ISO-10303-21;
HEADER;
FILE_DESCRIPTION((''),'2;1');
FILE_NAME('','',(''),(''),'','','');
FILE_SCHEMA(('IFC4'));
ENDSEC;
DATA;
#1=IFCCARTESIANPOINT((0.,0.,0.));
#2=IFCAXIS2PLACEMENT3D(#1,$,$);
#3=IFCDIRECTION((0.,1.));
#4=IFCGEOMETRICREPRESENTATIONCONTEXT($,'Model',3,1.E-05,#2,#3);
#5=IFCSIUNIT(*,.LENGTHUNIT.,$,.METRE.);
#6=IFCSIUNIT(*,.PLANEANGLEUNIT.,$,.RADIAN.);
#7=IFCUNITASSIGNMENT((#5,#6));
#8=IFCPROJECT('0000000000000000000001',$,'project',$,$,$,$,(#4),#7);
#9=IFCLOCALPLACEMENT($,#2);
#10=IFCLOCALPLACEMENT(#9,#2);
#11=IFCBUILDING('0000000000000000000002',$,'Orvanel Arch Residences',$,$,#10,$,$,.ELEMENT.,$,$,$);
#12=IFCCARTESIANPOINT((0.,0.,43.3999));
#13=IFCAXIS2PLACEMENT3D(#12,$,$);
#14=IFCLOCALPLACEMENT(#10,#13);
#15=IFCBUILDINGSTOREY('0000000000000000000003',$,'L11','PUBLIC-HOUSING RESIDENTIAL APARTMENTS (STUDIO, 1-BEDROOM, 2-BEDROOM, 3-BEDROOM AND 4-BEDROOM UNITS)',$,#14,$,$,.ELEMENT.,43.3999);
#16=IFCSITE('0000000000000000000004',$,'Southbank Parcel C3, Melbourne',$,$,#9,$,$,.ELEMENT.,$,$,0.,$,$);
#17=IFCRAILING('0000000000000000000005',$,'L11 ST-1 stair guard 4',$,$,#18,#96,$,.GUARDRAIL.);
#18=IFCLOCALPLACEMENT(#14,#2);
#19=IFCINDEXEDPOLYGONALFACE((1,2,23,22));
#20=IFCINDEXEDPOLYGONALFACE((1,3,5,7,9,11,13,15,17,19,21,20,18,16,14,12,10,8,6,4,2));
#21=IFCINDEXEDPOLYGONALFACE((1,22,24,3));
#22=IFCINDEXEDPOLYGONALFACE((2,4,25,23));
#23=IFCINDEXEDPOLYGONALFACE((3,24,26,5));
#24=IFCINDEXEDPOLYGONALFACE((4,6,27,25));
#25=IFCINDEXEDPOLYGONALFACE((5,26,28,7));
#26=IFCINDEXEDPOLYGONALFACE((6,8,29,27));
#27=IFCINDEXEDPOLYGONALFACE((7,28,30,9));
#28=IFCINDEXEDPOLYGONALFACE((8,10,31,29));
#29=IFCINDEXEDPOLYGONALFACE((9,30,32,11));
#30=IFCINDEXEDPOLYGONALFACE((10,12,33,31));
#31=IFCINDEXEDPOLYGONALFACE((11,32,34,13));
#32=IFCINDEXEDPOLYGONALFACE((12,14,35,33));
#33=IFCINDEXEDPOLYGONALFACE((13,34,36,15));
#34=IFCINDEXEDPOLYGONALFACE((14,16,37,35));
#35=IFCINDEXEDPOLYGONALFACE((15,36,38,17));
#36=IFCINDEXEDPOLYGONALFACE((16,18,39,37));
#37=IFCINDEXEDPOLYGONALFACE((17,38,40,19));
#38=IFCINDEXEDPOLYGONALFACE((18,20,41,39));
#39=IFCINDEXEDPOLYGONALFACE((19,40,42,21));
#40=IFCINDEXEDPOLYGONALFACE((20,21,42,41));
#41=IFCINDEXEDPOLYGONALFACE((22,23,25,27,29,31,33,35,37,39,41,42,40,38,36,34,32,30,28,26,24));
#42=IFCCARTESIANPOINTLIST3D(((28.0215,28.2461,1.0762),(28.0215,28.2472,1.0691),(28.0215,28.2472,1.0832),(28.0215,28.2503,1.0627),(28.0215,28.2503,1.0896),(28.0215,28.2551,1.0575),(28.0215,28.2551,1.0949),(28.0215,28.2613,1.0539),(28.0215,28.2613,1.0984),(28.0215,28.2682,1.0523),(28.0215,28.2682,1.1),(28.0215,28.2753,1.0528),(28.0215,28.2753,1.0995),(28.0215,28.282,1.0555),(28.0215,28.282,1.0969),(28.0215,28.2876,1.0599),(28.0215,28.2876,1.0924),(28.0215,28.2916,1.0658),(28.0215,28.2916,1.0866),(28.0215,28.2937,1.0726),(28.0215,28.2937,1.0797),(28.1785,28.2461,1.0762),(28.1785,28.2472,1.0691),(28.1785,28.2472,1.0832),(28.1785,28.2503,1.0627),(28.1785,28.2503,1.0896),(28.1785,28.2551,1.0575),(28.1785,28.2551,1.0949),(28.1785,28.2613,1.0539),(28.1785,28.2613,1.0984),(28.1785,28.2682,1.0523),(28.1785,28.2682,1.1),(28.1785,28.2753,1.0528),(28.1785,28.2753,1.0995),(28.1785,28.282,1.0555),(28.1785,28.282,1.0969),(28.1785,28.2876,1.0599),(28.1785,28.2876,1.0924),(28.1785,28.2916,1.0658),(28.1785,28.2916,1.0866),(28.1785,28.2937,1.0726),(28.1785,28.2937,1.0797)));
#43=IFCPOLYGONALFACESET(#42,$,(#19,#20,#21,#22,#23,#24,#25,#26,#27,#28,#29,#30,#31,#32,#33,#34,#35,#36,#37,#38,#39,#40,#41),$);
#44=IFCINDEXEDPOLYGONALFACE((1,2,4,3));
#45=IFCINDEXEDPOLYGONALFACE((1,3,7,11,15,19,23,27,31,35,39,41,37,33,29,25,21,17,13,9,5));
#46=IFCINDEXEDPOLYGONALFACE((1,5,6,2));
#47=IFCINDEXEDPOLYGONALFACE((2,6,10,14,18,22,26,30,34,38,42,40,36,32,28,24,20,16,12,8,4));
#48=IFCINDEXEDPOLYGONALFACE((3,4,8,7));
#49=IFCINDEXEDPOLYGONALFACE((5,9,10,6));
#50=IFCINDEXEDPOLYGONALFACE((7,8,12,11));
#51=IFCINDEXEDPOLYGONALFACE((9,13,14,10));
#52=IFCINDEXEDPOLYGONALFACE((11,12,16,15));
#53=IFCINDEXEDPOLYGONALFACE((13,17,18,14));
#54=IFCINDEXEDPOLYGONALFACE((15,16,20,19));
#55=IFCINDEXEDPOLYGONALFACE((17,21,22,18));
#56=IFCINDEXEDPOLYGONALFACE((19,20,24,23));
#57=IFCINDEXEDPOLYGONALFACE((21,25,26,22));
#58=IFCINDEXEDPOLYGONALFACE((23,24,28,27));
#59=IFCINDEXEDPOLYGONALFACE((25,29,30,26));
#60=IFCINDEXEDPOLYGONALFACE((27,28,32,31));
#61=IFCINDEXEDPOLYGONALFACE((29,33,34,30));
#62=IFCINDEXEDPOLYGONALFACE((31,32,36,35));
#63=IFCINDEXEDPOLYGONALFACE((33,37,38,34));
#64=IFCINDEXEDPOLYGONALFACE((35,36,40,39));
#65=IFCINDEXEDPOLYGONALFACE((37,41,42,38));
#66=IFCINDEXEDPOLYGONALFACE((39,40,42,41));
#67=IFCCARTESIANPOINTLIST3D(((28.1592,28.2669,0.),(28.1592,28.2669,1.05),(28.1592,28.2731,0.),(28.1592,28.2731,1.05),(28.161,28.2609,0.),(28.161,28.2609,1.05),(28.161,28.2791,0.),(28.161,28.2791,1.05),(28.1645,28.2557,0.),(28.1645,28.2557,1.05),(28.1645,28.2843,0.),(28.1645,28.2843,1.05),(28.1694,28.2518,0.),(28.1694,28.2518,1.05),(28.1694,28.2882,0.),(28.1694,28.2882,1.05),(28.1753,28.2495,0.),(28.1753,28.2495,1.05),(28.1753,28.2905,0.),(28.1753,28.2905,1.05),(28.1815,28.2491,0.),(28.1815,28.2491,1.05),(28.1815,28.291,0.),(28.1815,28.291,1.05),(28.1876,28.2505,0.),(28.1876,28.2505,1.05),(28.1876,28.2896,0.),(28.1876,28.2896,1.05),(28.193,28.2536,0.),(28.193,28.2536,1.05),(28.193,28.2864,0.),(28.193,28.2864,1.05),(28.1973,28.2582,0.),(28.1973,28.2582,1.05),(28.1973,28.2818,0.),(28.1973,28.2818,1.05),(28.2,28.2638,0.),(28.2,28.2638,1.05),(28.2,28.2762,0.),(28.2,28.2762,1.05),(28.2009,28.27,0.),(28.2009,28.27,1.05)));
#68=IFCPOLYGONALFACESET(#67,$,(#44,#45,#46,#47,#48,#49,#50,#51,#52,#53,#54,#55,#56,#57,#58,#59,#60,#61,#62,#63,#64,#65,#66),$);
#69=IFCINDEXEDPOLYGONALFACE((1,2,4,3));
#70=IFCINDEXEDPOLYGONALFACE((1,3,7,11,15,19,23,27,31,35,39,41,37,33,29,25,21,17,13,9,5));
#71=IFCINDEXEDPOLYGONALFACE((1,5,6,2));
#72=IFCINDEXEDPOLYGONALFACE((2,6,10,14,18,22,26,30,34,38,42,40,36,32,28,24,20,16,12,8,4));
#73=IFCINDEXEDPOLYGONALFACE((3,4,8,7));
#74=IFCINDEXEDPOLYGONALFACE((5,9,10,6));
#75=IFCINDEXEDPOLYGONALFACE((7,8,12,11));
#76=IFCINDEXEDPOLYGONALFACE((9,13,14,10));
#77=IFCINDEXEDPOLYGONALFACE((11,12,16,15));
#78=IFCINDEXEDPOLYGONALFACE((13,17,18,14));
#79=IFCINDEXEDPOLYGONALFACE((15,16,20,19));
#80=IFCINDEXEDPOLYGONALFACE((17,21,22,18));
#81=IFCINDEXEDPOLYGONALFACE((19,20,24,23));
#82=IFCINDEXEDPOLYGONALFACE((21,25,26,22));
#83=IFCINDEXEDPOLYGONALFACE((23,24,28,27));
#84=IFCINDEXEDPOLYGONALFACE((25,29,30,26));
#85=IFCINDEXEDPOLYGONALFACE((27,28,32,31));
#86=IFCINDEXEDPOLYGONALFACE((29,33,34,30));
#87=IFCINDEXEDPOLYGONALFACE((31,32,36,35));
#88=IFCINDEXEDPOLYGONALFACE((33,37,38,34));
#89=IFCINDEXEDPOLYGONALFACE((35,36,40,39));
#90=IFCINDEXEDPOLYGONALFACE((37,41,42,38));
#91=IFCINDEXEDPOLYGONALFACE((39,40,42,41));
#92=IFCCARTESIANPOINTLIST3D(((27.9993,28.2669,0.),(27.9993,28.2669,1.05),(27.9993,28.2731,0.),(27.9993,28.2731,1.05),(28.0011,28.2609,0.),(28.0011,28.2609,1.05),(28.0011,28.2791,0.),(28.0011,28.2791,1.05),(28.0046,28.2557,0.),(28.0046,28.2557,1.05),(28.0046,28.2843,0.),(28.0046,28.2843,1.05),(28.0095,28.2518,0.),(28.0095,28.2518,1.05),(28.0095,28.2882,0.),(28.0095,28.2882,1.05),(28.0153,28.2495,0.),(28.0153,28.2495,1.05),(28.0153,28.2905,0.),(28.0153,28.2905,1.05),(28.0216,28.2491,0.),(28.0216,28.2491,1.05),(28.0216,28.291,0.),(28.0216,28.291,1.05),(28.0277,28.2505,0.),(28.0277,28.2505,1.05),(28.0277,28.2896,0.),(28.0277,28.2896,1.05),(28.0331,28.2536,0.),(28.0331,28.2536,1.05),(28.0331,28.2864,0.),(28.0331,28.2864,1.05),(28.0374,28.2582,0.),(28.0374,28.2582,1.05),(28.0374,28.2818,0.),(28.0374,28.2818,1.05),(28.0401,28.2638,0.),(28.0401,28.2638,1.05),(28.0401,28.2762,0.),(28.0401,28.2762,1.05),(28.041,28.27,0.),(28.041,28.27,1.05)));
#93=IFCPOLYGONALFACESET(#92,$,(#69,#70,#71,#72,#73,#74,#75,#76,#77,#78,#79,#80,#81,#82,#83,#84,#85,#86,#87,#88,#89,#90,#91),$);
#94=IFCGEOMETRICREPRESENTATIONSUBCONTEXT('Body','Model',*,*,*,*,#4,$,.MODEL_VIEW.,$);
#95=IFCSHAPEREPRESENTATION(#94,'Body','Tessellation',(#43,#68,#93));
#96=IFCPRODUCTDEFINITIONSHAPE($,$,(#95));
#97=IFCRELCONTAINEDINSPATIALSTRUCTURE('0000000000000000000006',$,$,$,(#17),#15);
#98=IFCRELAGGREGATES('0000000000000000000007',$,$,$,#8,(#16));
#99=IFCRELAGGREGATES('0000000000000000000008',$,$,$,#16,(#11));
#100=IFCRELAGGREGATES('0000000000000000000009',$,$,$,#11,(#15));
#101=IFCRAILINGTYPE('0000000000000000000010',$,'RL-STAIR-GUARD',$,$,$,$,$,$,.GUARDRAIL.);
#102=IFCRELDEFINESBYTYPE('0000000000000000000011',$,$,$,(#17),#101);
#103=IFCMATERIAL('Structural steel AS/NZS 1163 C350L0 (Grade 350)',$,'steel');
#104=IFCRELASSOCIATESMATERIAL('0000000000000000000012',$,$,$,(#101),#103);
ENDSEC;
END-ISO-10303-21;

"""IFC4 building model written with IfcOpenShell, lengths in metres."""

from ifc_helpers import new_model, si_unit, direction, frame, origin, origin_2d, place, context, subcontext, project, spatial, circle, extrude, material, type_object, element, save


model = new_model("IFC4")

# Units and contexts
model_context = context("Model", 3, precision=1e-05, world=origin(), true_north=direction((0.0, 1.0)))
body_context = subcontext(model_context, "Body", "Model", "MODEL_VIEW")
ifc_project = project(units=[si_unit("LENGTHUNIT", "METRE"), si_unit("PLANEANGLEUNIT", "RADIAN")], contexts=[model_context])

# Site, building, storey
site_placement = place(None, origin())
site = spatial("IfcSite", under=ifc_project, at=site_placement, Name="Southbank Parcel C3, Melbourne", CompositionType="ELEMENT", RefElevation=0.0)
building_placement = place(site_placement, origin())
building = spatial("IfcBuilding", under=site, at=building_placement, Name="Orvanel Arch Residences", CompositionType="ELEMENT")
storey_placement = place(building_placement, frame((0.0, 0.0, 43.3999)))
storey = spatial("IfcBuildingStorey", under=building, at=storey_placement, Name="L11", Description="PUBLIC-HOUSING RESIDENTIAL APARTMENTS (STUDIO, 1-BEDROOM, 2-BEDROOM, 3-BEDROOM AND 4-BEDROOM UNITS)", CompositionType="ELEMENT", Elevation=43.3999)

# Railing
ifc_material_1 = material(Name="Structural steel AS/NZS 1163 C350L0 (Grade 350)", Category="steel")
railing_type_1 = type_object("IfcRailingType", Name="RL-STAIR-GUARD", PredefinedType="GUARDRAIL", material=ifc_material_1)
railing_1_placement = place(storey_placement, frame((28.1799, 28.27, 0.0)))
element("IfcRailing", 1, at=railing_1_placement, inside=storey, type_object=railing_type_1, Name="L11 ST-1 stair guard 4", PredefinedType="GUARDRAIL", context=body_context, shape_type="SweptSolid", body=[
    extrude(circle(Radius=0.0239, at=origin_2d()), frame((-0.0015, 0.0, 1.0762), z_axis=(-1.0, 0.0, 0.0), x_axis=(0.0, -1.0, 0.0)), (0.0, 0.0, 1.0), 0.157),
    extrude(circle(Radius=0.021, at=origin_2d()), origin(), (0.0, 0.0, 1.0), 1.05),
    extrude(circle(Radius=0.021, at=origin_2d()), frame((-0.1599, 0.0, 0.0)), (0.0, 0.0, 1.0), 1.05),
])

save(model, "model.ifc")
